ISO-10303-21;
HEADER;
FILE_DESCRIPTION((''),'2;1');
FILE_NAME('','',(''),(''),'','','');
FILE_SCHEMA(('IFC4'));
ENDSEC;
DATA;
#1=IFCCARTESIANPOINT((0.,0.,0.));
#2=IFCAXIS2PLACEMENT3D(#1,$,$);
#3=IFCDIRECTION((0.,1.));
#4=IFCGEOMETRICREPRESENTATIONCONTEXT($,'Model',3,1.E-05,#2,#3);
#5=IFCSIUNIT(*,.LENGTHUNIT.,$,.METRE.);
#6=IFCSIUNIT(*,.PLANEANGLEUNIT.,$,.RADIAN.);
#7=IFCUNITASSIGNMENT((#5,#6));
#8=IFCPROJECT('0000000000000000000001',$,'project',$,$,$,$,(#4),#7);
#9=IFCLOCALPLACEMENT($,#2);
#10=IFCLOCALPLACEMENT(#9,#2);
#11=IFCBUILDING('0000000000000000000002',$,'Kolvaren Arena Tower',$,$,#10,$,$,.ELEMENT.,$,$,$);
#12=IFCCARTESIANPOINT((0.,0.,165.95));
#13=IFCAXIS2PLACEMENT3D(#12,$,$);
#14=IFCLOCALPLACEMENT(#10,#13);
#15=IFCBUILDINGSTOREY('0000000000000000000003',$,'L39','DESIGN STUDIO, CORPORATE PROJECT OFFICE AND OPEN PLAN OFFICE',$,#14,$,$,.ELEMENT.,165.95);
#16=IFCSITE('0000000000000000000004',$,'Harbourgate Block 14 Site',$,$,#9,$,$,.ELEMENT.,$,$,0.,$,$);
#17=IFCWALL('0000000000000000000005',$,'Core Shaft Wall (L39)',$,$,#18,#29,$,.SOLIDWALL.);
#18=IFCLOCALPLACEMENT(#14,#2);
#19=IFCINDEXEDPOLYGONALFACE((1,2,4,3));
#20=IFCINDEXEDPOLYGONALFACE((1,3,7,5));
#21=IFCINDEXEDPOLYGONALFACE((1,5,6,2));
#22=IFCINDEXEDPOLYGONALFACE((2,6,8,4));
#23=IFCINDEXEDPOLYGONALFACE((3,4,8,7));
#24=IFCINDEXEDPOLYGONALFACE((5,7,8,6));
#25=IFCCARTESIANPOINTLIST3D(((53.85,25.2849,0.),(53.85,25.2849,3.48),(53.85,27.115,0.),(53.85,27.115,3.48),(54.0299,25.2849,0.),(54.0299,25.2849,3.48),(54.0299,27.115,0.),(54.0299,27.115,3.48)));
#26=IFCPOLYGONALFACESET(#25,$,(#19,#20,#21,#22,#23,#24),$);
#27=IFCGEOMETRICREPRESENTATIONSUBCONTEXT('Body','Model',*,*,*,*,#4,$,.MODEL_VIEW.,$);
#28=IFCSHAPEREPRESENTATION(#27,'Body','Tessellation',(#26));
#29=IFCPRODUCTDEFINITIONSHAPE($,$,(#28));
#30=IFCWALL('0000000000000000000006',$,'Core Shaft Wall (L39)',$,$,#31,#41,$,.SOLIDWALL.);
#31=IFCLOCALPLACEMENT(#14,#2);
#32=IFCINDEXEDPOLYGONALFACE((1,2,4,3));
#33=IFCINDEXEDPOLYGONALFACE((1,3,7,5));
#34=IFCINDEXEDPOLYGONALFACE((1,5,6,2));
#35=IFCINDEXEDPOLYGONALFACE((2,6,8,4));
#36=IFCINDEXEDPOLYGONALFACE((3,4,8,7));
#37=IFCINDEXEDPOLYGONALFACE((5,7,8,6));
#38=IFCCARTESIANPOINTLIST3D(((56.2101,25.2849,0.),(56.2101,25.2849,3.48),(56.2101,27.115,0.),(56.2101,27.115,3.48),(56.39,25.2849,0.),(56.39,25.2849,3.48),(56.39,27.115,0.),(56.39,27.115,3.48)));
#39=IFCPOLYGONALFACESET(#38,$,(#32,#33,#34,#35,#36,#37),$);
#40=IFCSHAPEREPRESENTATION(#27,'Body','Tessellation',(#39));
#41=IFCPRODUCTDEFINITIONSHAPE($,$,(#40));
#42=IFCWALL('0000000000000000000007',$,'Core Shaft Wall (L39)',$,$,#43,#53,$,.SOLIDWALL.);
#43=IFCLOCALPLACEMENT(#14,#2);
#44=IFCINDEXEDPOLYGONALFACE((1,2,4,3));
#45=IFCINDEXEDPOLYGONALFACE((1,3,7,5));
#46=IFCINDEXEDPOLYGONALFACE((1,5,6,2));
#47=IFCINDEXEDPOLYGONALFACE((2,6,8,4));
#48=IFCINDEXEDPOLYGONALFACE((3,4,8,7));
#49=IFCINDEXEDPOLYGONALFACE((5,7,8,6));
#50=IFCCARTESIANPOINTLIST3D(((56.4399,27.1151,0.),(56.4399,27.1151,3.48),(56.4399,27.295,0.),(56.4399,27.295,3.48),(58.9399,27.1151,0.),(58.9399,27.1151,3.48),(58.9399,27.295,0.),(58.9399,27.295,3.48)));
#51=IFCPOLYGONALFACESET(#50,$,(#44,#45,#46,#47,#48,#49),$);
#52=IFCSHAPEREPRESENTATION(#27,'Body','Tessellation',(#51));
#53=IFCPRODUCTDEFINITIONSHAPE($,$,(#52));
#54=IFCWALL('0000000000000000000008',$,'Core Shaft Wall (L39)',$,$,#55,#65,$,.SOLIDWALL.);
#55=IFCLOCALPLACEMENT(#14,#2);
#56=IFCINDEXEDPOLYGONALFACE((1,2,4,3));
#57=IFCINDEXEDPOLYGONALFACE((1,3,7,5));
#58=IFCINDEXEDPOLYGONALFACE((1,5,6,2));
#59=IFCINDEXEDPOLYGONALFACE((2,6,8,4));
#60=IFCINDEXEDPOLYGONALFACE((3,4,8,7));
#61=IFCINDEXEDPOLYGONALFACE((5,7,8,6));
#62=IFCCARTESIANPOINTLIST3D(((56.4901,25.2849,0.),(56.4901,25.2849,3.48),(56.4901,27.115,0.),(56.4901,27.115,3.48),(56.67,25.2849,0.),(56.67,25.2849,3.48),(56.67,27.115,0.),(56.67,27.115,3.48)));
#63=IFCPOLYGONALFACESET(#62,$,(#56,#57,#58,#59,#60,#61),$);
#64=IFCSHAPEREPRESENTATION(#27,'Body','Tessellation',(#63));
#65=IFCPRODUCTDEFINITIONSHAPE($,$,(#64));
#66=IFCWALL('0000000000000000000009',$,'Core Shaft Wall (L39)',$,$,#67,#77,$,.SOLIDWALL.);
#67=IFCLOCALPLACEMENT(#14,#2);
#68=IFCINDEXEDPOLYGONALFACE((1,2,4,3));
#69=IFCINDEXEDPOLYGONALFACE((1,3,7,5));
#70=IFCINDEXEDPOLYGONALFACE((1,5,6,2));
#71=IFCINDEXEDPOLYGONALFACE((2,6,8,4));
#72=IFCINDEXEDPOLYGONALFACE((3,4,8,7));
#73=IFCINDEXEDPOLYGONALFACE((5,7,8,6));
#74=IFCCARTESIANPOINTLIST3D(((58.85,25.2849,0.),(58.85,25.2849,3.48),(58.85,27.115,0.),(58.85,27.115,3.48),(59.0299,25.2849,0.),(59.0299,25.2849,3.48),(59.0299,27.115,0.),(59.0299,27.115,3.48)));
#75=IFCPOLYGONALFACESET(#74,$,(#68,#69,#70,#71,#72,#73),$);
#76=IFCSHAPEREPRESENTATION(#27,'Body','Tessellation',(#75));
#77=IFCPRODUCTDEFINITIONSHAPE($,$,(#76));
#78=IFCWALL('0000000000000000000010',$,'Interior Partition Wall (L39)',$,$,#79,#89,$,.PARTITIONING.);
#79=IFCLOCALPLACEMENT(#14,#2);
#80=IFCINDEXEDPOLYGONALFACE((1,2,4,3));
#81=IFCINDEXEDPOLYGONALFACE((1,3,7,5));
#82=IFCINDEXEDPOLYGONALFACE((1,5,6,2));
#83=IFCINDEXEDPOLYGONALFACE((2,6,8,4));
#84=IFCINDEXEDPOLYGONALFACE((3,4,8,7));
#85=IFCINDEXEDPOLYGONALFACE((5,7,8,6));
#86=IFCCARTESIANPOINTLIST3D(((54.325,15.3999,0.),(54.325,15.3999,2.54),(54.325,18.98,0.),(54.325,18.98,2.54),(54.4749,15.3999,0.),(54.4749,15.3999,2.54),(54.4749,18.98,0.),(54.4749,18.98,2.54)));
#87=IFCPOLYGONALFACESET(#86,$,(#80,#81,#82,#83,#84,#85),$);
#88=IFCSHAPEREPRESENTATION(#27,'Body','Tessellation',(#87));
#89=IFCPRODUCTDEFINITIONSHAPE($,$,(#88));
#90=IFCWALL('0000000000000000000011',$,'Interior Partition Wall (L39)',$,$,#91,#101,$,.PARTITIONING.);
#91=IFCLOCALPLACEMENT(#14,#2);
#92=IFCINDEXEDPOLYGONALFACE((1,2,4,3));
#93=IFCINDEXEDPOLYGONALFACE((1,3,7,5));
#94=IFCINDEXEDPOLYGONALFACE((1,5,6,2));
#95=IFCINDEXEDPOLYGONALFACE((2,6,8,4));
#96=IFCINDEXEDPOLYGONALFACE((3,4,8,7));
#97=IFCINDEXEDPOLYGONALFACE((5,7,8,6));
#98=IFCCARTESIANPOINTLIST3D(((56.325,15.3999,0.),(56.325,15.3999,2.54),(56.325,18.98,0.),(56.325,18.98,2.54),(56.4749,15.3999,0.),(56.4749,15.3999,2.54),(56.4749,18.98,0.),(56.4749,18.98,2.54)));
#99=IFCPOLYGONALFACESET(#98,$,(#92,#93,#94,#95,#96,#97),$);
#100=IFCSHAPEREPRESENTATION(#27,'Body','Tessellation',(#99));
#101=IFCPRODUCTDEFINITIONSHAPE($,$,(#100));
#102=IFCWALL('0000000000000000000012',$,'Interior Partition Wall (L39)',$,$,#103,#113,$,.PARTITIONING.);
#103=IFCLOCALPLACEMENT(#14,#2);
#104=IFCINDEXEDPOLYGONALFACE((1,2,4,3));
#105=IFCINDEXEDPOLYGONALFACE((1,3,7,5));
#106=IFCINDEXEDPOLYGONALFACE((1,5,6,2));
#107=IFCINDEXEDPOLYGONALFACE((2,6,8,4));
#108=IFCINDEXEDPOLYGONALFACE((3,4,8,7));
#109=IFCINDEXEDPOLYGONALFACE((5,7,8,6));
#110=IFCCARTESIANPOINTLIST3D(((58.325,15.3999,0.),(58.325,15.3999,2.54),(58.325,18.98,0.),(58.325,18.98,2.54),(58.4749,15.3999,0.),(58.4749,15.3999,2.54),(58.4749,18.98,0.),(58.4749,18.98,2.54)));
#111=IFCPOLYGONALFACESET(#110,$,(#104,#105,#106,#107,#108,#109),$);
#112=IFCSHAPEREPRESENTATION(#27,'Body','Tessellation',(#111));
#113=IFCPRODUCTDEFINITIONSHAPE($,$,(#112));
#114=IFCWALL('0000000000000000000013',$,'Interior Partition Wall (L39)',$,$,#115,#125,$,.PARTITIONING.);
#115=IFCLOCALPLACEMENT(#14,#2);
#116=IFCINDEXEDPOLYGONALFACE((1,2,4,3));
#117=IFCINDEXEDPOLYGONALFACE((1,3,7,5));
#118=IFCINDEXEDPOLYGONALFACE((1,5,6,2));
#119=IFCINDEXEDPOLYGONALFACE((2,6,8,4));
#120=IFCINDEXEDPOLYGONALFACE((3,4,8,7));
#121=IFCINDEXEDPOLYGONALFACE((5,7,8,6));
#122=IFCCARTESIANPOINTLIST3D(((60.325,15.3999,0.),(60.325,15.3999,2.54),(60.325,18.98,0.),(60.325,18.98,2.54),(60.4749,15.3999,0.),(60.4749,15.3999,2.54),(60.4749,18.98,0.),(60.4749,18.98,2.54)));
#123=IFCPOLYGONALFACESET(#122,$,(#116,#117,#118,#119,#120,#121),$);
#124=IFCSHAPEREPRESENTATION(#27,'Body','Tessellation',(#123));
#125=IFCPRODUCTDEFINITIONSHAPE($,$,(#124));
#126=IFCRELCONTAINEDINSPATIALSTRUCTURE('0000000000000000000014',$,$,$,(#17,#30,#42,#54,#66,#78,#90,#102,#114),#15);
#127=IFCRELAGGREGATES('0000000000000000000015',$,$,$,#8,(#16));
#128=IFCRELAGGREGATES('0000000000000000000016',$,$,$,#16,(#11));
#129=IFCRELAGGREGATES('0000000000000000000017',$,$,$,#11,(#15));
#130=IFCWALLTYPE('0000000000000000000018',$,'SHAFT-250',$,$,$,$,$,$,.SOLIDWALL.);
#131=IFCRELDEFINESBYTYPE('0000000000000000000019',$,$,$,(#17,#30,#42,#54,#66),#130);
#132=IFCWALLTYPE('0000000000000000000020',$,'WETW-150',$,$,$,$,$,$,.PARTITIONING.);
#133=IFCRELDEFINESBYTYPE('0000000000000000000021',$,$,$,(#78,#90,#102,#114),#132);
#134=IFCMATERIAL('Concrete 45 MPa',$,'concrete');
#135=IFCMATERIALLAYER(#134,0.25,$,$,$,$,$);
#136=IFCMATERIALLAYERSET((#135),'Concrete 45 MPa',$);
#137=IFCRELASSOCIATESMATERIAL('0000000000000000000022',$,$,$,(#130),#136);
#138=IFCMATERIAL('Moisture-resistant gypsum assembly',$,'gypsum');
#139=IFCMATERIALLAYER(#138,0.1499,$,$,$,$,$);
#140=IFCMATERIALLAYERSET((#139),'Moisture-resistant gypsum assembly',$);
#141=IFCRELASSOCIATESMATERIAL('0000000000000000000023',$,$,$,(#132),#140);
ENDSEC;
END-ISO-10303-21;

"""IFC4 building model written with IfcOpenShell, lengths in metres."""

from ifc_helpers import new_model, si_unit, direction, frame, frame_2d, origin, place, context, subcontext, project, spatial, rectangle, extrude, material, layer, layer_set, type_object, element, save


model = new_model("IFC4")

# Units and contexts
model_context = context("Model", 3, precision=1e-05, world=origin(), true_north=direction((0.0, 1.0)))
body_context = subcontext(model_context, "Body", "Model", "MODEL_VIEW")
ifc_project = project(units=[si_unit("LENGTHUNIT", "METRE"), si_unit("PLANEANGLEUNIT", "RADIAN")], contexts=[model_context])

# Site, building, storey
site_placement = place(None, origin())
site = spatial("IfcSite", under=ifc_project, at=site_placement, Name="Harbourgate Block 14 Site", CompositionType="ELEMENT", RefElevation=0.0)
building_placement = place(site_placement, origin())
building = spatial("IfcBuilding", under=site, at=building_placement, Name="Kolvaren Arena Tower", CompositionType="ELEMENT")
storey_placement = place(building_placement, frame((0.0, 0.0, 165.95)))
storey = spatial("IfcBuildingStorey", under=building, at=storey_placement, Name="L39", Description="DESIGN STUDIO, CORPORATE PROJECT OFFICE AND OPEN PLAN OFFICE", CompositionType="ELEMENT", Elevation=165.95)

# Walls
ifc_material_1 = material(Name="Concrete 45 MPa", Category="concrete")
ifc_layer_1 = layer(ifc_material_1, 0.25)
ifc_layer_set_1 = layer_set([ifc_layer_1], Name="Concrete 45 MPa")
wall_type_1 = type_object("IfcWallType", Name="SHAFT-250", PredefinedType="SOLIDWALL", material=ifc_layer_set_1)
for number, where, z_axis, x_axis, name in (
    (1, (53.9399, 25.2849, 0.0), (0.0, 0.0, 1.0), (0.0, 1.0, 0.0), "Core Shaft Wall (L39)"),
    (2, (56.3, 25.2849, 0.0), (0.0, 0.0, 1.0), (0.0, 1.0, 0.0), "Core Shaft Wall (L39)"),
):
    element("IfcWall", number, at=place(storey_placement, frame(where, z_axis=z_axis, x_axis=x_axis)), inside=storey, type_object=wall_type_1, Name=name, PredefinedType="SOLIDWALL", context=body_context, shape_type="SweptSolid", body=[
        extrude(rectangle(XDim=1.8301, YDim=0.1799, at=frame_2d((0.915, 0.0))), origin(), (0.0, 0.0, 1.0), 3.48),
    ])
wall_1_placement = place(storey_placement, frame((56.4399, 27.2051, 0.0), z_axis=(0.0, 0.0, 1.0), x_axis=(1.0, 0.0, 0.0)))
element("IfcWall", 3, at=wall_1_placement, inside=storey, type_object=wall_type_1, Name="Core Shaft Wall (L39)", PredefinedType="SOLIDWALL", context=body_context, shape_type="SweptSolid", body=[
    extrude(rectangle(XDim=2.5, YDim=0.1799, at=frame_2d((1.25, 0.0))), origin(), (0.0, 0.0, 1.0), 3.48),
])
for number, where, z_axis, x_axis, name in (
    (4, (56.5801, 25.2849, 0.0), (0.0, 0.0, 1.0), (0.0, 1.0, 0.0), "Core Shaft Wall (L39)"),
    (5, (58.9399, 25.2849, 0.0), (0.0, 0.0, 1.0), (0.0, 1.0, 0.0), "Core Shaft Wall (L39)"),
):
    element("IfcWall", number, at=place(storey_placement, frame(where, z_axis=z_axis, x_axis=x_axis)), inside=storey, type_object=wall_type_1, Name=name, PredefinedType="SOLIDWALL", context=body_context, shape_type="SweptSolid", body=[
        extrude(rectangle(XDim=1.8301, YDim=0.1799, at=frame_2d((0.915, 0.0))), origin(), (0.0, 0.0, 1.0), 3.48),
    ])
ifc_material_2 = material(Name="Moisture-resistant gypsum assembly", Category="gypsum")
ifc_layer_2 = layer(ifc_material_2, 0.1499)
ifc_layer_set_2 = layer_set([ifc_layer_2], Name="Moisture-resistant gypsum assembly")
wall_type_2 = type_object("IfcWallType", Name="WETW-150", PredefinedType="PARTITIONING", material=ifc_layer_set_2)
for number, where, z_axis, x_axis, name in (
    (6, (54.3999, 15.3999, 0.0), (0.0, 0.0, 1.0), (0.0, 1.0, 0.0), "Interior Partition Wall (L39)"),
    (7, (56.3999, 15.3999, 0.0), (0.0, 0.0, 1.0), (0.0, 1.0, 0.0), "Interior Partition Wall (L39)"),
    (8, (58.3999, 15.3999, 0.0), (0.0, 0.0, 1.0), (0.0, 1.0, 0.0), "Interior Partition Wall (L39)"),
    (9, (60.3999, 15.3999, 0.0), (0.0, 0.0, 1.0), (0.0, 1.0, 0.0), "Interior Partition Wall (L39)"),
):
    element("IfcWall", number, at=place(storey_placement, frame(where, z_axis=z_axis, x_axis=x_axis)), inside=storey, type_object=wall_type_2, Name=name, PredefinedType="PARTITIONING", context=body_context, shape_type="SweptSolid", body=[
        extrude(rectangle(XDim=3.5801, YDim=0.1499, at=frame_2d((1.79, 0.0))), origin(), (0.0, 0.0, 1.0), 2.54),
    ])

save(model, "model.ifc")
